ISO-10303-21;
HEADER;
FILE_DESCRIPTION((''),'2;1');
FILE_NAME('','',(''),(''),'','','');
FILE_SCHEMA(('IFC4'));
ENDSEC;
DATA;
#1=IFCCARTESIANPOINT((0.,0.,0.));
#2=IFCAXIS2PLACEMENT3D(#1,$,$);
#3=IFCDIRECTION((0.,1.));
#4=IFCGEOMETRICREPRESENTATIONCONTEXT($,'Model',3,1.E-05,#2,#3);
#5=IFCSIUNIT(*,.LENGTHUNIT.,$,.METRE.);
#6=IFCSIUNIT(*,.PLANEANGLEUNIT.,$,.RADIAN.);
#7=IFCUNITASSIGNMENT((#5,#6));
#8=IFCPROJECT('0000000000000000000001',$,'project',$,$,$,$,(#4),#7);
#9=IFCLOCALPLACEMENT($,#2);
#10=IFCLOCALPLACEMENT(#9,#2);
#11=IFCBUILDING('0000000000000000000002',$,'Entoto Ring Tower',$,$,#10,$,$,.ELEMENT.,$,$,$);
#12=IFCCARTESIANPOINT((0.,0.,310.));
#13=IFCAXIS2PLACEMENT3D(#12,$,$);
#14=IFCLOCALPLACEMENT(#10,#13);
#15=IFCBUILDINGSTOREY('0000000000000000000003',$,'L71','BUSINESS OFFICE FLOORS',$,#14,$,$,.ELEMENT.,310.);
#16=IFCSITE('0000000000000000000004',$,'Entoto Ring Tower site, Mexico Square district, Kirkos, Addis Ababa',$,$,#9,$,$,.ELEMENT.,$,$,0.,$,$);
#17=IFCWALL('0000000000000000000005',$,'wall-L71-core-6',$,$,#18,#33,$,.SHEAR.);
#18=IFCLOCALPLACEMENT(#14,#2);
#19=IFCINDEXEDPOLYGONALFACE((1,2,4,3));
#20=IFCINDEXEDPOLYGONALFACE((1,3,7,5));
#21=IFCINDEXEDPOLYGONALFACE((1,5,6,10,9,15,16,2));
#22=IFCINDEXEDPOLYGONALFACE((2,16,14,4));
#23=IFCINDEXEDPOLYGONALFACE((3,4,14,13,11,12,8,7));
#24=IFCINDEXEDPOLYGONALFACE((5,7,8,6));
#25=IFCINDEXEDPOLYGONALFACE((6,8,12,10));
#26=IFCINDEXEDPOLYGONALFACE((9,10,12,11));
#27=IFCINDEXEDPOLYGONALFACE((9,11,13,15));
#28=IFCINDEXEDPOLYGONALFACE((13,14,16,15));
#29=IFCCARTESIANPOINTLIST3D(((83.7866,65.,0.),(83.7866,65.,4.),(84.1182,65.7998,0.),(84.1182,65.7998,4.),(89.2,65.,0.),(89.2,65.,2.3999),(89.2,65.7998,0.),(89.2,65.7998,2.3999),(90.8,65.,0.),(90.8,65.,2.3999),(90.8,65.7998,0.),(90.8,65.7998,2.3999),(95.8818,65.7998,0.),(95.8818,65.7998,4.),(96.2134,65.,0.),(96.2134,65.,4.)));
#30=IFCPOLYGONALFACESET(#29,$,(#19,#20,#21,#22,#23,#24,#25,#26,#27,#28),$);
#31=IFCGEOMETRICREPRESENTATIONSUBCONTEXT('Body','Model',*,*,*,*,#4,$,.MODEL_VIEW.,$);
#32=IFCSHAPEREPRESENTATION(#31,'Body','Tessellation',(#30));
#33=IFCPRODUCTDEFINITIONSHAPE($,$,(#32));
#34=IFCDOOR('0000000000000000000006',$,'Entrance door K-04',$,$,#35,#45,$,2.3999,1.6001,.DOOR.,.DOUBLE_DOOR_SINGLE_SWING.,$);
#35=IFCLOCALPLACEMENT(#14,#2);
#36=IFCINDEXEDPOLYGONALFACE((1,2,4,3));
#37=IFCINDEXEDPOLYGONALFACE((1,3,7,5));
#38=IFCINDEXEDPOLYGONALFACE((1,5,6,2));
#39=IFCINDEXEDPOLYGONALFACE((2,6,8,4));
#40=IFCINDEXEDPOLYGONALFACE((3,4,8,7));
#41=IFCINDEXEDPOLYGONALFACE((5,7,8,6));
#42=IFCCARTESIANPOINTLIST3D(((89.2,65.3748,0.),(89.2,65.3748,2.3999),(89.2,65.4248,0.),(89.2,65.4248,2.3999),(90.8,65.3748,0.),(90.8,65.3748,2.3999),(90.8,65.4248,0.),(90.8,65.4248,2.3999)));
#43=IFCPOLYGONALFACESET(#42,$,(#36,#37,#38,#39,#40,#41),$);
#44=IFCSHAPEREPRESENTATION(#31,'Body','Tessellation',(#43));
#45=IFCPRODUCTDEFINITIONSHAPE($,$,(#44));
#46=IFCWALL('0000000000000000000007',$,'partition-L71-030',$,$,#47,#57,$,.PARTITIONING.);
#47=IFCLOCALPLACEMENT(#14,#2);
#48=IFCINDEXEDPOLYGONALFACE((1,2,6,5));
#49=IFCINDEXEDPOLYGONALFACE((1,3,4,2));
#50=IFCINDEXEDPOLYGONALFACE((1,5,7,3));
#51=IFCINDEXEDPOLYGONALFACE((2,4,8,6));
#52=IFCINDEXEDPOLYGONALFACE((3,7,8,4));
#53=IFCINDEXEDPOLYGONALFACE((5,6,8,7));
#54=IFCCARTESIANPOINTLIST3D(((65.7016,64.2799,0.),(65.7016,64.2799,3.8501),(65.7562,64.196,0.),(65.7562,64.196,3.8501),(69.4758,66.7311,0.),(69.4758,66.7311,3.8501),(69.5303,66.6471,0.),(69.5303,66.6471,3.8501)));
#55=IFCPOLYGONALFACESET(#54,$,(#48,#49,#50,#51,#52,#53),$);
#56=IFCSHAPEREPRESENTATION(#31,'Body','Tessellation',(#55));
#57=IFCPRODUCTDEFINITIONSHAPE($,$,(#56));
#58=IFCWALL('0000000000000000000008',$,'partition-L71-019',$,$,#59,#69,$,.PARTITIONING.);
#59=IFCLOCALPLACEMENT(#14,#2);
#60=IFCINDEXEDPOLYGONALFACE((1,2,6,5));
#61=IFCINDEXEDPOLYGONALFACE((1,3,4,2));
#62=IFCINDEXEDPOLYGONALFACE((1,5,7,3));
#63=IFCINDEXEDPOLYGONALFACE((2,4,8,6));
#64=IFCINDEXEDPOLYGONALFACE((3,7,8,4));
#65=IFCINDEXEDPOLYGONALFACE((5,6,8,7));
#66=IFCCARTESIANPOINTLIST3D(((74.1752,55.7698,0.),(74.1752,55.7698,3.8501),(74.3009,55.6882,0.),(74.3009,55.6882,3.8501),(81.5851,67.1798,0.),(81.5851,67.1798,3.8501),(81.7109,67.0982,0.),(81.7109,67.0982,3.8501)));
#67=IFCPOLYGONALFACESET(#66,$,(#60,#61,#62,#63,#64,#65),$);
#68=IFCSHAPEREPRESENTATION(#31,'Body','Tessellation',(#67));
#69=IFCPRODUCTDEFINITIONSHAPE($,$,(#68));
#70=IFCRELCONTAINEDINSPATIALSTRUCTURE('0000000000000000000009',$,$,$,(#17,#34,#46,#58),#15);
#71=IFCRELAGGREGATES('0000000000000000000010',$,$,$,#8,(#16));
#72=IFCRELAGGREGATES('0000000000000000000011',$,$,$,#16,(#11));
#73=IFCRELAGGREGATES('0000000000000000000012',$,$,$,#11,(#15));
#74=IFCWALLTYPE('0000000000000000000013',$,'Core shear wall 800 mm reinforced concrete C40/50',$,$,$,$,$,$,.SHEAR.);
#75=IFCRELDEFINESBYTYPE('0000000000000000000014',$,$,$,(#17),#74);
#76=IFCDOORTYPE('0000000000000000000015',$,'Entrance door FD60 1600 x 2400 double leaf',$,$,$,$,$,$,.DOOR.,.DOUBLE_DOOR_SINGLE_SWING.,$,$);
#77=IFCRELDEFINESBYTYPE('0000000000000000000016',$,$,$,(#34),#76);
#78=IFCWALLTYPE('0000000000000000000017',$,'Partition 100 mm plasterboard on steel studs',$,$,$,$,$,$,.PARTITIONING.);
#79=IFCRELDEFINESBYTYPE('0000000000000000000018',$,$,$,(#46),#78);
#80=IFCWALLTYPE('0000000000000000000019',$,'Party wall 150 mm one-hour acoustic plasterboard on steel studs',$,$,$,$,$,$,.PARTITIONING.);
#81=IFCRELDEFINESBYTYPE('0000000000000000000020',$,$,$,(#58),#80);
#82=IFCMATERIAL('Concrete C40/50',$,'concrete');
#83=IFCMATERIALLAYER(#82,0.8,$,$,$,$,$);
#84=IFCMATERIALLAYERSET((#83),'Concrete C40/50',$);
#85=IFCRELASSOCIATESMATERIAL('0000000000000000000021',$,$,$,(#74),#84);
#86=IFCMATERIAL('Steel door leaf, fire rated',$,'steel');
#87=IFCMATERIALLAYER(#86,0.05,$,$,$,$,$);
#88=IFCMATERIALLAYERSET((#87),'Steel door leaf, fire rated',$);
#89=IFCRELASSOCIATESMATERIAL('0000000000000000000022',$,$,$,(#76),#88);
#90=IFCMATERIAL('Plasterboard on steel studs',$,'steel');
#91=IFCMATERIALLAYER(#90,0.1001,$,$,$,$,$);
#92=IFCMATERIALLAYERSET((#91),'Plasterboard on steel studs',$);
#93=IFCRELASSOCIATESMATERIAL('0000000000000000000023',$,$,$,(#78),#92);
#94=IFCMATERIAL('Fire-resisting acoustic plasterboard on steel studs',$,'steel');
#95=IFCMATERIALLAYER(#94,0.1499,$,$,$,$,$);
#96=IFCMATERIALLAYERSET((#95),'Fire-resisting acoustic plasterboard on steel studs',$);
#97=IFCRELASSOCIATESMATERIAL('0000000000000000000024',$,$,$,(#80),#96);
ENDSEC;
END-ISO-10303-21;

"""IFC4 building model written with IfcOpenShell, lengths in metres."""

from ifc_helpers import new_model, si_unit, direction, frame, frame_2d, origin, place, context, subcontext, project, spatial, polyline, rectangle, outline, extrude, material, layer, layer_set, type_object, element, fill, save


model = new_model("IFC4")

# Units and contexts
model_context = context("Model", 3, precision=1e-05, world=origin(), true_north=direction((0.0, 1.0)))
body_context = subcontext(model_context, "Body", "Model", "MODEL_VIEW")
ifc_project = project(units=[si_unit("LENGTHUNIT", "METRE"), si_unit("PLANEANGLEUNIT", "RADIAN")], contexts=[model_context])

# Site, building, storey
site_placement = place(None, origin())
site = spatial("IfcSite", under=ifc_project, at=site_placement, Name="Entoto Ring Tower site, Mexico Square district, Kirkos, Addis Ababa", CompositionType="ELEMENT", RefElevation=0.0)
building_placement = place(site_placement, origin())
building = spatial("IfcBuilding", under=site, at=building_placement, Name="Entoto Ring Tower", CompositionType="ELEMENT")
storey_placement = place(building_placement, frame((0.0, 0.0, 310.0)))
storey = spatial("IfcBuildingStorey", under=building, at=storey_placement, Name="L71", Description="BUSINESS OFFICE FLOORS", CompositionType="ELEMENT", Elevation=310.0)

# Wall, opening, door
ifc_material_1 = material(Name="Concrete C40/50", Category="concrete")
ifc_layer_1 = layer(ifc_material_1, 0.8)
ifc_layer_set_1 = layer_set([ifc_layer_1], Name="Concrete C40/50")
wall_type_1 = type_object("IfcWallType", Name="Core shear wall 800 mm reinforced concrete C40/50", PredefinedType="SHEAR", material=ifc_layer_set_1)
wall_1_placement = place(storey_placement, frame((83.9524, 65.3999, 0.0), z_axis=(0.0, 0.0, 1.0), x_axis=(1.0, 0.0, 0.0)))
wall_1 = element("IfcWall", 1, at=wall_1_placement, inside=storey, type_object=wall_type_1, Name="wall-L71-core-6", PredefinedType="SHEAR", context=body_context, shape_type="SweptSolid", body=[
    extrude(outline(polyline([(-0.1658, -0.3999), (12.261, -0.3999), (11.9294, 0.3999), (0.1658, 0.3999), (-0.1658, -0.3999)])), origin(), (0.0, 0.0, 1.0), 4.0),
])
opening_placement = place(wall_1_placement, frame((5.2476, 0.0, 0.0)))
opening = element("IfcOpeningElement", 2, at=opening_placement, cuts=wall_1, PredefinedType="OPENING", context=body_context, shape_type="SweptSolid", body=[
    extrude(rectangle(XDim=1.6001, YDim=2.3999, at=frame_2d((0.8, 1.2))), frame((0.0, 0.4102, 0.0), z_axis=(0.0, -1.0, 0.0), x_axis=(1.0, 0.0, 0.0)), (0.0, 0.0, 1.0), 0.8201),
])
ifc_material_2 = material(Name="Steel door leaf, fire rated", Category="steel")
ifc_layer_2 = layer(ifc_material_2, 0.05)
ifc_layer_set_2 = layer_set([ifc_layer_2], Name="Steel door leaf, fire rated")
door_type = type_object("IfcDoorType", Name="Entrance door FD60 1600 x 2400 double leaf", OperationType="DOUBLE_DOOR_SINGLE_SWING", PredefinedType="DOOR", material=ifc_layer_set_2)
door_placement = place(opening_placement, origin())
door = element("IfcDoor", 3, at=door_placement, inside=storey, type_object=door_type, Name="Entrance door K-04", OperationType="DOUBLE_DOOR_SINGLE_SWING", OverallHeight=2.3999, OverallWidth=1.6001, PredefinedType="DOOR", context=body_context, shape_type="SweptSolid", body=[
    extrude(rectangle(XDim=1.6001, YDim=2.3999, at=frame_2d((0.8, 1.2))), frame((0.0, 0.0249, 0.0), z_axis=(0.0, -1.0, 0.0), x_axis=(1.0, 0.0, 0.0)), (0.0, 0.0, 1.0), 0.05),
])
fill(opening, door)

# Walls
ifc_material_3 = material(Name="Plasterboard on steel studs", Category="steel")
ifc_layer_3 = layer(ifc_material_3, 0.1001)
ifc_layer_set_3 = layer_set([ifc_layer_3], Name="Plasterboard on steel studs")
wall_type_2 = type_object("IfcWallType", Name="Partition 100 mm plasterboard on steel studs", PredefinedType="PARTITIONING", material=ifc_layer_set_3)
wall_2_placement = place(storey_placement, frame((65.729, 64.238, 0.0), z_axis=(0.0, 0.0, 1.0), x_axis=(0.838651, 0.54467, 0.0)))
element("IfcWall", 4, at=wall_2_placement, inside=storey, type_object=wall_type_2, Name="partition-L71-030", PredefinedType="PARTITIONING", context=body_context, shape_type="SweptSolid", body=[
    extrude(rectangle(XDim=4.5002, YDim=0.1001, at=frame_2d((2.25, 0.0))), origin(), (0.0, 0.0, 1.0), 3.8501),
])
ifc_material_4 = material(Name="Fire-resisting acoustic plasterboard on steel studs", Category="steel")
ifc_layer_4 = layer(ifc_material_4, 0.1499)
ifc_layer_set_4 = layer_set([ifc_layer_4], Name="Fire-resisting acoustic plasterboard on steel studs")
wall_type_3 = type_object("IfcWallType", Name="Party wall 150 mm one-hour acoustic plasterboard on steel studs", PredefinedType="PARTITIONING", material=ifc_layer_set_4)
wall_3_placement = place(storey_placement, frame((74.238, 55.729, 0.0), z_axis=(0.0, 0.0, 1.0), x_axis=(0.544651, 0.838663, 0.0)))
element("IfcWall", 5, at=wall_3_placement, inside=storey, type_object=wall_type_3, Name="partition-L71-019", PredefinedType="PARTITIONING", context=body_context, shape_type="SweptSolid", body=[
    extrude(rectangle(XDim=13.605, YDim=0.1499, at=frame_2d((6.8025, 0.0))), origin(), (0.0, 0.0, 1.0), 3.8501),
])

save(model, "model.ifc")
